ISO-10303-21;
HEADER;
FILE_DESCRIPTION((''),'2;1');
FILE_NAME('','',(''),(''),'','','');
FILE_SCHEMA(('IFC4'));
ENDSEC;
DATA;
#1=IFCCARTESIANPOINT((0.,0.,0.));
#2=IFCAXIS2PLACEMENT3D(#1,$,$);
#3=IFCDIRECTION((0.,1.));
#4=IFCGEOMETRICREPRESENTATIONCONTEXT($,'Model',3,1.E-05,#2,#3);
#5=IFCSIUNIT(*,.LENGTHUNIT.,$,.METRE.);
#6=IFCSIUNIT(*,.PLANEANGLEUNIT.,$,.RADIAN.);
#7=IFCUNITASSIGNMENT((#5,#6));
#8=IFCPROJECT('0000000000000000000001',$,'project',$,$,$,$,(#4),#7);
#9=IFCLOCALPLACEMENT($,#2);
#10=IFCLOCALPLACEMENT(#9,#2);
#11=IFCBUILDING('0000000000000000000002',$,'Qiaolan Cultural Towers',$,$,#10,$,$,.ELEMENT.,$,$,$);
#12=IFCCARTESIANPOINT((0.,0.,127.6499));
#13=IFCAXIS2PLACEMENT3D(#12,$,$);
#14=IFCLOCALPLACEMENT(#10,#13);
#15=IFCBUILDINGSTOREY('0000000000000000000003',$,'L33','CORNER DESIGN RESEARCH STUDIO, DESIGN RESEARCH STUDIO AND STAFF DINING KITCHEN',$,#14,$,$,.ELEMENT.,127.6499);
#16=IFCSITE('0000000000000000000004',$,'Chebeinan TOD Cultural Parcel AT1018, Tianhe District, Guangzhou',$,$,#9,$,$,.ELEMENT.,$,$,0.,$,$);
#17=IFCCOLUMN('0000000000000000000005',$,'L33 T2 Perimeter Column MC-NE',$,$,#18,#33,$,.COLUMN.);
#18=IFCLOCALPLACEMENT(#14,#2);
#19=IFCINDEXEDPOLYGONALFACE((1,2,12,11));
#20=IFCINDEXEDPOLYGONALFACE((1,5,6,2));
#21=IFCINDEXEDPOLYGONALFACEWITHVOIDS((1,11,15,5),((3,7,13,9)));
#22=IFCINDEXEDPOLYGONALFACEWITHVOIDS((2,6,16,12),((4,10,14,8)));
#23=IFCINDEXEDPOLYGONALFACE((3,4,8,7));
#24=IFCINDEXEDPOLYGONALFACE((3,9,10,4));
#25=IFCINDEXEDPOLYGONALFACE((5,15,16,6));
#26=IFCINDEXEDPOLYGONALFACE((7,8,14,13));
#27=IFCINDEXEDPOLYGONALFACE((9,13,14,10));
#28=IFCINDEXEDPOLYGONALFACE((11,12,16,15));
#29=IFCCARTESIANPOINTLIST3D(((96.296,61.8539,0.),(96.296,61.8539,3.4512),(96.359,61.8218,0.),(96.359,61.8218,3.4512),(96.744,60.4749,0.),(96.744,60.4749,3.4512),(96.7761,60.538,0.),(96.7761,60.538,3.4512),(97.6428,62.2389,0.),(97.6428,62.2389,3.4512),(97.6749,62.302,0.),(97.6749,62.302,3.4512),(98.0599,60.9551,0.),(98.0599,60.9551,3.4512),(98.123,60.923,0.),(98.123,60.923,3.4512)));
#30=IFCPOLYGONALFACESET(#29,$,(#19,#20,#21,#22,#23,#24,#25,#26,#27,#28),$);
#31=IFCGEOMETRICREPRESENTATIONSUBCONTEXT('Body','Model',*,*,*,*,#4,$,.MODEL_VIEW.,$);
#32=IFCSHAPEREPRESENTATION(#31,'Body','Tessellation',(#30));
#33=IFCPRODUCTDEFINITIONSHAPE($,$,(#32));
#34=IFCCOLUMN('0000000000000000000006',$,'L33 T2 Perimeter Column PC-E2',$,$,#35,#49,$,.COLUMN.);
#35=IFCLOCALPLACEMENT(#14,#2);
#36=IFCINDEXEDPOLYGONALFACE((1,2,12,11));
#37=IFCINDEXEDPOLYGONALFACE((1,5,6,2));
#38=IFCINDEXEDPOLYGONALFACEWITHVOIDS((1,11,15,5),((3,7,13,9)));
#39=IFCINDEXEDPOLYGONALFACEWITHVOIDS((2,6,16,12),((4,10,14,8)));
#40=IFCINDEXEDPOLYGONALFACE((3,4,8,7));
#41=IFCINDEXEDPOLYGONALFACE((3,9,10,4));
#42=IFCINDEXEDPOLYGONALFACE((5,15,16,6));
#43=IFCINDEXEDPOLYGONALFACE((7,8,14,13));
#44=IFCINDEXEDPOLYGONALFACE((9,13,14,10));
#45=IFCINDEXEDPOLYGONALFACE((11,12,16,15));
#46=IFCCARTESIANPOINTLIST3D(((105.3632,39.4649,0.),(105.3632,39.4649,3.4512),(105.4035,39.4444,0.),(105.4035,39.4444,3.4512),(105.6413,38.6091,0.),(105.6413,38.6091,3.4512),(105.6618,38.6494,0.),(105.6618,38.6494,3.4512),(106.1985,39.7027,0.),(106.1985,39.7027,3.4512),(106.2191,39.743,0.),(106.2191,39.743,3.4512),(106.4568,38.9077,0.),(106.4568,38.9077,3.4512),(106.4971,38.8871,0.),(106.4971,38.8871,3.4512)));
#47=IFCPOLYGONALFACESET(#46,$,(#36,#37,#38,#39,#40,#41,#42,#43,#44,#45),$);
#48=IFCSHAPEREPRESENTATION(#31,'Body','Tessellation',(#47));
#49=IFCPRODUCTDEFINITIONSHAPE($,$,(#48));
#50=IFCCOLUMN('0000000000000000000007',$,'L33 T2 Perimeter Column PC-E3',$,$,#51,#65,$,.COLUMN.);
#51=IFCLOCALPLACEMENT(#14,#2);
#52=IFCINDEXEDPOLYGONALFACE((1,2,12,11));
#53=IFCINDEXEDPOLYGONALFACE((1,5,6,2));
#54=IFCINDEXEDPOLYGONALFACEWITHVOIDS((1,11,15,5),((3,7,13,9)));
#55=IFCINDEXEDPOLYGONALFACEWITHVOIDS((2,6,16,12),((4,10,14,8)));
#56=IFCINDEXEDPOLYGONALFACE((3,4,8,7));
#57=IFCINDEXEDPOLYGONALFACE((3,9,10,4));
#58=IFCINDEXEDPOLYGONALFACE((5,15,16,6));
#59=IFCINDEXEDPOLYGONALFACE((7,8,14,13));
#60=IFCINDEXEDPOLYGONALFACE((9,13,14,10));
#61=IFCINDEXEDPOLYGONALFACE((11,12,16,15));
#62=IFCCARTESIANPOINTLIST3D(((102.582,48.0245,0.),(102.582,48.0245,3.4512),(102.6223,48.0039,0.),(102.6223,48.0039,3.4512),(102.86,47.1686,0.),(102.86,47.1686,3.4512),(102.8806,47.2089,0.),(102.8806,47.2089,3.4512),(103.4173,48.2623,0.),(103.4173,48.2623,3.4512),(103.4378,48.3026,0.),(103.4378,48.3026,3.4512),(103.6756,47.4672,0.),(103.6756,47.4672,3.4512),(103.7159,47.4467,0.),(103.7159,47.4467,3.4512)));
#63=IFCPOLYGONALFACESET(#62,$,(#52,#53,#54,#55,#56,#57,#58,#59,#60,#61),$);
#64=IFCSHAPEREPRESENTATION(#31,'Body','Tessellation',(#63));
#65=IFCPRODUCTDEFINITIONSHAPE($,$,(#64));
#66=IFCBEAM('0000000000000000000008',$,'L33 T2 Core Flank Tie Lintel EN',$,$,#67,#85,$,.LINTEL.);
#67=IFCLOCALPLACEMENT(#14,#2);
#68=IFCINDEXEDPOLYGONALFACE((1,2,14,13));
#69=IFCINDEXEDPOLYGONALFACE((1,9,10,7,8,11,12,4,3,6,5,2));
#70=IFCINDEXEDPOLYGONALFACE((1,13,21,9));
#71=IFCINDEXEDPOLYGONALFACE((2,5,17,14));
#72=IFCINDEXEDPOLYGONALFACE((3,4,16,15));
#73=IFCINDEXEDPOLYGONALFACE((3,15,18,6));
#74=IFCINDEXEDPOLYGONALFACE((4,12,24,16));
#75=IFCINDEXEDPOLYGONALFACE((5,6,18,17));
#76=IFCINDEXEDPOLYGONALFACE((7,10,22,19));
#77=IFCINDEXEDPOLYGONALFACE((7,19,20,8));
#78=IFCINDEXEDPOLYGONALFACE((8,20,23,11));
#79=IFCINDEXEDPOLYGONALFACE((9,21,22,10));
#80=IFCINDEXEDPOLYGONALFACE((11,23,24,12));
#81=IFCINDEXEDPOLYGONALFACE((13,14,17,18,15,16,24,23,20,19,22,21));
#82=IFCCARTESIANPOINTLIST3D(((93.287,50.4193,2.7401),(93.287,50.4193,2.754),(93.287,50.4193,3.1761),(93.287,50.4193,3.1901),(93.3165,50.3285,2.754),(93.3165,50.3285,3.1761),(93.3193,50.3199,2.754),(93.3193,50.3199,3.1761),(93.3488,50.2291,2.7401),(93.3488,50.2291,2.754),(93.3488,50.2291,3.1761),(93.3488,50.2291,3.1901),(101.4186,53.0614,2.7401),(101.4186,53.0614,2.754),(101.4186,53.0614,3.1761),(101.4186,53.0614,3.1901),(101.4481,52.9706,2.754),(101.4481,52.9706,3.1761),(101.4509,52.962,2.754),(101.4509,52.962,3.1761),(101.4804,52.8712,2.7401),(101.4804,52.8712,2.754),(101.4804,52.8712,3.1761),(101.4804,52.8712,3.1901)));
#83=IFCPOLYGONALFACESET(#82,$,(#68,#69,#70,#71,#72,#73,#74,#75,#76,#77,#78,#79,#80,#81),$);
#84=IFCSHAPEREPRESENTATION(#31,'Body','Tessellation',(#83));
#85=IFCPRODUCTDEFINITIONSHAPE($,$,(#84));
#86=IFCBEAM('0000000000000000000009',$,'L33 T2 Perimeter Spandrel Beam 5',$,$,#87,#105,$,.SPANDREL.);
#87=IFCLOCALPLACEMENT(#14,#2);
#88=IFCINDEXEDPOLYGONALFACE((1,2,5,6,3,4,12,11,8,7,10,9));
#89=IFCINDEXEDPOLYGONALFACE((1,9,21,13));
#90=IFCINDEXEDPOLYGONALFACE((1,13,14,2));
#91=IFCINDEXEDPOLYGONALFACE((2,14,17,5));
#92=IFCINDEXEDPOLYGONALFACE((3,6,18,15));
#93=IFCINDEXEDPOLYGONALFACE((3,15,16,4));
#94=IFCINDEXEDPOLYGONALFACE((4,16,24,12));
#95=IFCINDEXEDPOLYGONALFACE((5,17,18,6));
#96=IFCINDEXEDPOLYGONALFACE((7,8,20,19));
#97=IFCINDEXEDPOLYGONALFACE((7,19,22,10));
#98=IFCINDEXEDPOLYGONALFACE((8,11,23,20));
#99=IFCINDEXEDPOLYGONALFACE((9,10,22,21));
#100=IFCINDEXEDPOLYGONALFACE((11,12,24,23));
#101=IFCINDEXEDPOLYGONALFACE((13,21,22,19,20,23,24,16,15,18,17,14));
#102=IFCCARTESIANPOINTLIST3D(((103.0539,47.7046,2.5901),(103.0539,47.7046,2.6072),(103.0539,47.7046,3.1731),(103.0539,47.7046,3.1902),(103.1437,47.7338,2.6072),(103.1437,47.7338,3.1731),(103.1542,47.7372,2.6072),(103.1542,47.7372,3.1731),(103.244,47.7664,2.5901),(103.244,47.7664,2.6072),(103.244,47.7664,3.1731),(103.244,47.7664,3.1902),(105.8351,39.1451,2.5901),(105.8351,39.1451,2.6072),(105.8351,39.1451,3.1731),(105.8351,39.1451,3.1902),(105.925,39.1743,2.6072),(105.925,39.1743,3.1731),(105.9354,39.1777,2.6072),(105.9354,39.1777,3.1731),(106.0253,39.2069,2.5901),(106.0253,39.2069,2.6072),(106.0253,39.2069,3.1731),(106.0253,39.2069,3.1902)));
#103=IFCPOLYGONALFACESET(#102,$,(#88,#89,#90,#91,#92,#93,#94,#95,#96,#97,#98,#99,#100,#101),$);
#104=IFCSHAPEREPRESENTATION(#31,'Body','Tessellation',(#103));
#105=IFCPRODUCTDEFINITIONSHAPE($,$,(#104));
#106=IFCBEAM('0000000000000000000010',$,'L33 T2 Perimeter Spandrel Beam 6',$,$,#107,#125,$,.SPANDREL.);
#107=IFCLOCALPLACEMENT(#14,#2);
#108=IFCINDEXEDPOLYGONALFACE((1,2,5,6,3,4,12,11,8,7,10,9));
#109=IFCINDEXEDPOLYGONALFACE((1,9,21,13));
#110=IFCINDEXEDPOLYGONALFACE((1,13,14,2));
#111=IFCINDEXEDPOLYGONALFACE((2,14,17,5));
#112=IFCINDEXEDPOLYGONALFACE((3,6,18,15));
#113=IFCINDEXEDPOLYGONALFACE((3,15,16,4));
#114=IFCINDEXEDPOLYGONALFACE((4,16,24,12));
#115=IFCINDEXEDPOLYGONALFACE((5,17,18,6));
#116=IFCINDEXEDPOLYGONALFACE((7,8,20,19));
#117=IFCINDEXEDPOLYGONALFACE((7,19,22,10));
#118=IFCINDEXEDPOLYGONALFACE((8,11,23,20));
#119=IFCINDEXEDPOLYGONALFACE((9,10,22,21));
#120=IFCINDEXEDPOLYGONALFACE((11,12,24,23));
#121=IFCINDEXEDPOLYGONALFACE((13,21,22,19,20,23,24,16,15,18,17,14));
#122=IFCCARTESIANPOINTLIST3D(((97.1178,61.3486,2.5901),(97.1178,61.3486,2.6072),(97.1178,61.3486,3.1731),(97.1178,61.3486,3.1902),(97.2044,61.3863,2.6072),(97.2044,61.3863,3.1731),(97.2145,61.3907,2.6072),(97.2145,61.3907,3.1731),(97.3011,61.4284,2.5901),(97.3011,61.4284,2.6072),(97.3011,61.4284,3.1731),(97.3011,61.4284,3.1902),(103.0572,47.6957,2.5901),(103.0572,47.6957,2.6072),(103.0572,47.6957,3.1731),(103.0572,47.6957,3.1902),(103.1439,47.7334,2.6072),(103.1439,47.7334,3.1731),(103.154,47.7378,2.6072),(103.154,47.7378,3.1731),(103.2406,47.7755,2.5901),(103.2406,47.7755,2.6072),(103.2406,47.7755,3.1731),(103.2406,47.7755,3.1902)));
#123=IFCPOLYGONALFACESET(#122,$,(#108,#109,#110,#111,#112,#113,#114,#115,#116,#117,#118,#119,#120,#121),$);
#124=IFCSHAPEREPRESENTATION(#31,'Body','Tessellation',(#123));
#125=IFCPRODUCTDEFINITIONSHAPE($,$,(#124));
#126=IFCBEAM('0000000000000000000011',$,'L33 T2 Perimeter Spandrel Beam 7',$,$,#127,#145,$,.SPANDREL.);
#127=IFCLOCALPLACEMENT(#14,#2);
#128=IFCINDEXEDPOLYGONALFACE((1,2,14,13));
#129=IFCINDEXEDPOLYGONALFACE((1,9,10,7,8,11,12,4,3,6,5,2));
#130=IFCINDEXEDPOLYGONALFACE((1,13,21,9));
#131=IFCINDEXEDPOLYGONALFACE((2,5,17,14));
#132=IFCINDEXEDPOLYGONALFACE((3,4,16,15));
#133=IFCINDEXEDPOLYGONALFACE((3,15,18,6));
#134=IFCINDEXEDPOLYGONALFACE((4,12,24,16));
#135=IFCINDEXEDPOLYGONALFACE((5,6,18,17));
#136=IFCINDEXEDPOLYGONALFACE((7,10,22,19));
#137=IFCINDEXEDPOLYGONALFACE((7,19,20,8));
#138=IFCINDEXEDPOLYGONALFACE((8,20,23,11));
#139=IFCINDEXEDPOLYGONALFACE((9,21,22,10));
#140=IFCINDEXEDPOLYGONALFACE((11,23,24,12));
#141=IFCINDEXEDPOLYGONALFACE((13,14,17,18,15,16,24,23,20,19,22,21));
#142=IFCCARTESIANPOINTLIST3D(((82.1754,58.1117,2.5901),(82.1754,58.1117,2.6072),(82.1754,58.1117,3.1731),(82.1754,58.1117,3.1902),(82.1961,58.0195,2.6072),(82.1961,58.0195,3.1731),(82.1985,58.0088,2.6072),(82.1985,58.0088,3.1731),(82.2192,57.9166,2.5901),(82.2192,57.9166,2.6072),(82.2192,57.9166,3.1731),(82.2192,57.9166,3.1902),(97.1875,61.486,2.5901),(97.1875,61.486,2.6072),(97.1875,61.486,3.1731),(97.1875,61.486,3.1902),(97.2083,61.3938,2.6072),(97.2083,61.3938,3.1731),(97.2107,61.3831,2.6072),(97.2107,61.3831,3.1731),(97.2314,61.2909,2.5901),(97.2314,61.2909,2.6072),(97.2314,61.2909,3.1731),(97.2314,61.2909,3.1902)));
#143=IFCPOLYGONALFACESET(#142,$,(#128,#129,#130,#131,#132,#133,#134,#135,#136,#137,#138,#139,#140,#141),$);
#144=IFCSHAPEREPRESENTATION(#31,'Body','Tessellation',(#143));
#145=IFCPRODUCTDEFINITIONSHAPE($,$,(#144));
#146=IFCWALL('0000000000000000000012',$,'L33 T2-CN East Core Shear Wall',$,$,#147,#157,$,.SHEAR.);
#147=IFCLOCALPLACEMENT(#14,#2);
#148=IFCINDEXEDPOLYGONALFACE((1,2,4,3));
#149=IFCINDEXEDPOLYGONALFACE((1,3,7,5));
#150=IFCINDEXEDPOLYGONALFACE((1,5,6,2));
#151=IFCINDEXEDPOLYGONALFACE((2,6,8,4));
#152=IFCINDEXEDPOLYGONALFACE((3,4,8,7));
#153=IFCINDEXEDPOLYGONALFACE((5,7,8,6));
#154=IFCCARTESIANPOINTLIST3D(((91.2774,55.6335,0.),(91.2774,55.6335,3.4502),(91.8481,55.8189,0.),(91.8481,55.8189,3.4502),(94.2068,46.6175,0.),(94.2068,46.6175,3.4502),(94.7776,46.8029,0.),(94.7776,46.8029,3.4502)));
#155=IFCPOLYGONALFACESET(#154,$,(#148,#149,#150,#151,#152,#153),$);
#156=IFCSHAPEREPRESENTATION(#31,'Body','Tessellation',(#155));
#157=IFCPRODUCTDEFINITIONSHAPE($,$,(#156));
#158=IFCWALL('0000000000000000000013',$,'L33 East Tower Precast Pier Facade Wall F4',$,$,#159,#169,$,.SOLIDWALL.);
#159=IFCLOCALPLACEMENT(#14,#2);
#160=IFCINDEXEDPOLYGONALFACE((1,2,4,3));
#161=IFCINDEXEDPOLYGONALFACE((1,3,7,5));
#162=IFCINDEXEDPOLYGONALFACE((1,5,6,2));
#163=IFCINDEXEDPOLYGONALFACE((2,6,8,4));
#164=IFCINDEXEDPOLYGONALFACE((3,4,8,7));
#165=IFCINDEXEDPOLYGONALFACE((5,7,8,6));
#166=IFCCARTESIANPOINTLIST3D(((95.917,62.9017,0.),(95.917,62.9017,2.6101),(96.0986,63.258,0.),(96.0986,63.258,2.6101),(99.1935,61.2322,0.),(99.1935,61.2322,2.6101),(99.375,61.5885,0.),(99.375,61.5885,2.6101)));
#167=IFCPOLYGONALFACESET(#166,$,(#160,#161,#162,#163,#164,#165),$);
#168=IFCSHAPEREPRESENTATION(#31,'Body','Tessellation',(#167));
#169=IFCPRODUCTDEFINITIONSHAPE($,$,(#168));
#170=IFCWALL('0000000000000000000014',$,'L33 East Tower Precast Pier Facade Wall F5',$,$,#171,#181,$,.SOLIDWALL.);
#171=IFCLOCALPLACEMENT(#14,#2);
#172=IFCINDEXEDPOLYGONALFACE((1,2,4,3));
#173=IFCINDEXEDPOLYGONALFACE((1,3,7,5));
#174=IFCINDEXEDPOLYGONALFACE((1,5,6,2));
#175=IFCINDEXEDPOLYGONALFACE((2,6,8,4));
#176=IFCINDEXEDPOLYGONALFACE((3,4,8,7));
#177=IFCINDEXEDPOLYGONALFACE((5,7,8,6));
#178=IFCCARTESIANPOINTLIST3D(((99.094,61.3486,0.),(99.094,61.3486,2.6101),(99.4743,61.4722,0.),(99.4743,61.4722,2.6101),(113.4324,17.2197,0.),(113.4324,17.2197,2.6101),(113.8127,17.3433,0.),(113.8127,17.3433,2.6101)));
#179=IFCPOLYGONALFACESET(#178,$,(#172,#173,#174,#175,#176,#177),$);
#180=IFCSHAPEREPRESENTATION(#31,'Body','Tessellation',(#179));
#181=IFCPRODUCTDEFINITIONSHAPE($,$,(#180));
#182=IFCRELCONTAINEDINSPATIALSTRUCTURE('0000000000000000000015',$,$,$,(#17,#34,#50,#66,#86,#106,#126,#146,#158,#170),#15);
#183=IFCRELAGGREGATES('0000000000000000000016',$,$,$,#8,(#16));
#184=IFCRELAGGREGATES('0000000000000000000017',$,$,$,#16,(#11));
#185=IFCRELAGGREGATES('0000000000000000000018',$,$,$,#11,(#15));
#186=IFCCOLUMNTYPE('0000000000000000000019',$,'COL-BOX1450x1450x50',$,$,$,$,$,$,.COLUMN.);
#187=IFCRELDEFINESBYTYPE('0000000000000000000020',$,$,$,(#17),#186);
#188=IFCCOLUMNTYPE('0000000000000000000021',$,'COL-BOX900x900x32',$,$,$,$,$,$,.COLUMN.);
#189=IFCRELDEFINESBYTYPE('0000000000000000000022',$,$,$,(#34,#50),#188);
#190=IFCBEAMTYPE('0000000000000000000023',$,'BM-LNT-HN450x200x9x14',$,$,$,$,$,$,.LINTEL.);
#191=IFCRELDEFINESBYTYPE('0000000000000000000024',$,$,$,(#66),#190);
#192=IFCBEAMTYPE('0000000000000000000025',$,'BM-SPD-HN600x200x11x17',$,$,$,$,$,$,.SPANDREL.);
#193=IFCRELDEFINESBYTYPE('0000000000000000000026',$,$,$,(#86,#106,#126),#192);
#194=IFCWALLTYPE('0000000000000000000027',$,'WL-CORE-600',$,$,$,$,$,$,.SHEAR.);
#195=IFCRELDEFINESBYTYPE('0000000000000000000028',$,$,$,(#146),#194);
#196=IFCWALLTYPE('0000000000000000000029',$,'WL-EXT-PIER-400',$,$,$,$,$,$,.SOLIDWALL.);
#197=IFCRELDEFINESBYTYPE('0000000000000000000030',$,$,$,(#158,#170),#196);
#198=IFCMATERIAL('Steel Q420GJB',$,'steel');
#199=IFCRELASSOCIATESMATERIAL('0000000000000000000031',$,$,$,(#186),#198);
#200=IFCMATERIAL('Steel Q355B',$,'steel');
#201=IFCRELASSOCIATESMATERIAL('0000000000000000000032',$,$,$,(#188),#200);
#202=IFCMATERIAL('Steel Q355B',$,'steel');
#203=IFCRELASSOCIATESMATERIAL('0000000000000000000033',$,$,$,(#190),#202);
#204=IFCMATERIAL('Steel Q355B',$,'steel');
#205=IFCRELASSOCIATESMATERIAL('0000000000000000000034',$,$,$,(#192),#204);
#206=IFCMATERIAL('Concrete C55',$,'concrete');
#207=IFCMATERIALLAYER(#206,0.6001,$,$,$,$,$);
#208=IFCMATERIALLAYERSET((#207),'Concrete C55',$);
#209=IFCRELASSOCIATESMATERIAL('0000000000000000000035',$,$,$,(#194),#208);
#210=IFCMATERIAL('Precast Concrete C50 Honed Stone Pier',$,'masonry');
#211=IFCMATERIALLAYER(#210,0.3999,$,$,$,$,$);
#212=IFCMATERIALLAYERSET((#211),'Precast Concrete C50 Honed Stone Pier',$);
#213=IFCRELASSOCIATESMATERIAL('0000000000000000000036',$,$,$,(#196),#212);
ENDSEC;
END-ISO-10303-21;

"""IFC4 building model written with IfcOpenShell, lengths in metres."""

from ifc_helpers import new_model, si_unit, direction, frame, frame_2d, origin, origin_2d, place, context, subcontext, project, spatial, rectangle, hollow_rectangle, i_section, extrude, material, layer, layer_set, material_profile, profile_set, type_object, element, save


model = new_model("IFC4")

# Units and contexts
model_context = context("Model", 3, precision=1e-05, world=origin(), true_north=direction((0.0, 1.0)))
body_context = subcontext(model_context, "Body", "Model", "MODEL_VIEW")
ifc_project = project(units=[si_unit("LENGTHUNIT", "METRE"), si_unit("PLANEANGLEUNIT", "RADIAN")], contexts=[model_context])

# Site, building, storey
site_placement = place(None, origin())
site = spatial("IfcSite", under=ifc_project, at=site_placement, Name="Chebeinan TOD Cultural Parcel AT1018, Tianhe District, Guangzhou", CompositionType="ELEMENT", RefElevation=0.0)
building_placement = place(site_placement, origin())
building = spatial("IfcBuilding", under=site, at=building_placement, Name="Qiaolan Cultural Towers", CompositionType="ELEMENT")
storey_placement = place(building_placement, frame((0.0, 0.0, 127.6499)))
storey = spatial("IfcBuildingStorey", under=building, at=storey_placement, Name="L33", Description="CORNER DESIGN RESEARCH STUDIO, DESIGN RESEARCH STUDIO AND STAFF DINING KITCHEN", CompositionType="ELEMENT", Elevation=127.6499)

# Columns
ifc_material_1 = material(Name="Steel Q420GJB", Category="steel")
ifc_material_profile_1 = material_profile(ifc_material_1, hollow_rectangle(XDim=1.45, YDim=1.45, WallThickness=0.05, at=origin_2d()), Name="BOX1450x1450x50")
ifc_profile_set_1 = profile_set([ifc_material_profile_1], Name="Steel Q420GJB")
column_type_1 = type_object("IfcColumnType", Name="COL-BOX1450x1450x50", PredefinedType="COLUMN", material=ifc_profile_set_1)
column_placement = place(storey_placement, frame((97.2095, 61.3884, 0.0), z_axis=(0.0, 0.0, 1.0), x_axis=(0.951057, 0.309017, 0.0)))
element("IfcColumn", 1, at=column_placement, inside=storey, type_object=column_type_1, Name="L33 T2 Perimeter Column MC-NE", PredefinedType="COLUMN", context=body_context, shape_type="SweptSolid", body=[
    extrude(hollow_rectangle(XDim=1.45, YDim=1.45, WallThickness=0.05, at=origin_2d()), origin(), (0.0, 0.0, 1.0), 3.4512),
])
ifc_material_2 = material(Name="Steel Q355B", Category="steel")
ifc_material_profile_2 = material_profile(ifc_material_2, hollow_rectangle(XDim=0.8999, YDim=0.8999, WallThickness=0.032, at=origin_2d()), Name="BOX900x900x32")
ifc_profile_set_2 = profile_set([ifc_material_profile_2], Name="Steel Q355B")
column_type_2 = type_object("IfcColumnType", Name="COL-BOX900x900x32", PredefinedType="COLUMN", material=ifc_profile_set_2)
for number, where, z_axis, x_axis, name in (
    (2, (105.9302, 39.176, 0.0), (0.0, 0.0, 1.0), (0.951057, 0.309017, 0.0), "L33 T2 Perimeter Column PC-E2"),
    (3, (103.1489, 47.7356, 0.0), (0.0, 0.0, 1.0), (0.951057, 0.309017, 0.0), "L33 T2 Perimeter Column PC-E3"),
):
    element("IfcColumn", number, at=place(storey_placement, frame(where, z_axis=z_axis, x_axis=x_axis)), inside=storey, type_object=column_type_2, Name=name, PredefinedType="COLUMN", context=body_context, shape_type="SweptSolid", body=[
        extrude(hollow_rectangle(XDim=0.8999, YDim=0.8999, WallThickness=0.032, at=origin_2d()), origin(), (0.0, 0.0, 1.0), 3.4512),
    ])

# Beams
ifc_material_3 = material(Name="Steel Q355B", Category="steel")
ifc_material_profile_3 = material_profile(ifc_material_3, i_section(OverallWidth=0.2, OverallDepth=0.45, WebThickness=0.009, FlangeThickness=0.0139, at=origin_2d()), Name="HN450x200x9x14")
ifc_profile_set_3 = profile_set([ifc_material_profile_3], Name="Steel Q355B")
beam_type_1 = type_object("IfcBeamType", Name="BM-LNT-HN450x200x9x14", PredefinedType="LINTEL", material=ifc_profile_set_3)
beam_1_placement = place(storey_placement, frame((93.3179, 50.3242, 2.9651), z_axis=(0.951057, 0.309014, 0.0), x_axis=(-0.309014, 0.951057, 0.0)))
element("IfcBeam", 4, at=beam_1_placement, inside=storey, type_object=beam_type_1, Name="L33 T2 Core Flank Tie Lintel EN", PredefinedType="LINTEL", context=body_context, shape_type="SweptSolid", body=[
    extrude(i_section(OverallWidth=0.2, OverallDepth=0.45, WebThickness=0.009, FlangeThickness=0.0139, at=origin_2d()), origin(), (0.0, 0.0, 1.0), 8.55),
])
ifc_material_4 = material(Name="Steel Q355B", Category="steel")
ifc_material_profile_4 = material_profile(ifc_material_4, i_section(OverallWidth=0.2, OverallDepth=0.6001, WebThickness=0.011, FlangeThickness=0.0171, at=origin_2d()), Name="HN600x200x11x17")
ifc_profile_set_4 = profile_set([ifc_material_profile_4], Name="Steel Q355B")
beam_type_2 = type_object("IfcBeamType", Name="BM-SPD-HN600x200x11x17", PredefinedType="SPANDREL", material=ifc_profile_set_4)
beam_2_placement = place(storey_placement, frame((105.9302, 39.176, 2.8901), z_axis=(-0.309025, 0.951054, 0.0), x_axis=(-0.951054, -0.309025, 0.0)))
element("IfcBeam", 5, at=beam_2_placement, inside=storey, type_object=beam_type_2, Name="L33 T2 Perimeter Spandrel Beam 5", PredefinedType="SPANDREL", context=body_context, shape_type="SweptSolid", body=[
    extrude(i_section(OverallWidth=0.2, OverallDepth=0.6001, WebThickness=0.011, FlangeThickness=0.0171, at=origin_2d()), origin(), (0.0, 0.0, 1.0), 9.0),
])
beam_3_placement = place(storey_placement, frame((103.1489, 47.7356, 2.8901), z_axis=(-0.39892, 0.916986, 0.0), x_axis=(-0.916986, -0.39892, 0.0)))
element("IfcBeam", 6, at=beam_3_placement, inside=storey, type_object=beam_type_2, Name="L33 T2 Perimeter Spandrel Beam 6", PredefinedType="SPANDREL", context=body_context, shape_type="SweptSolid", body=[
    extrude(i_section(OverallWidth=0.2, OverallDepth=0.6001, WebThickness=0.011, FlangeThickness=0.0171, at=origin_2d()), origin(), (0.0, 0.0, 1.0), 14.8889),
])
beam_4_placement = place(storey_placement, frame((97.2095, 61.3884, 2.8901), z_axis=(-0.975658, -0.219297, 0.0), x_axis=(0.219297, -0.975658, 0.0)))
element("IfcBeam", 7, at=beam_4_placement, inside=storey, type_object=beam_type_2, Name="L33 T2 Perimeter Spandrel Beam 7", PredefinedType="SPANDREL", context=body_context, shape_type="SweptSolid", body=[
    extrude(i_section(OverallWidth=0.2, OverallDepth=0.6001, WebThickness=0.011, FlangeThickness=0.0171, at=origin_2d()), origin(), (0.0, 0.0, 1.0), 15.3867),
])

# Walls
ifc_material_5 = material(Name="Concrete C55", Category="concrete")
ifc_layer_1 = layer(ifc_material_5, 0.6001)
ifc_layer_set_1 = layer_set([ifc_layer_1], Name="Concrete C55")
wall_type_1 = type_object("IfcWallType", Name="WL-CORE-600", PredefinedType="SHEAR", material=ifc_layer_set_1)
wall_1_placement = place(storey_placement, frame((94.4922, 46.7102, 0.0), z_axis=(0.0, 0.0, 1.0), x_axis=(-0.30901, 0.951059, 0.0)))
element("IfcWall", 8, at=wall_1_placement, inside=storey, type_object=wall_type_1, Name="L33 T2-CN East Core Shear Wall", PredefinedType="SHEAR", context=body_context, shape_type="SweptSolid", body=[
    extrude(rectangle(XDim=9.48, YDim=0.6001, at=frame_2d((4.74, 0.0))), origin(), (0.0, 0.0, 1.0), 3.4502),
])
ifc_material_6 = material(Name="Precast Concrete C50 Honed Stone Pier", Category="masonry")
ifc_layer_2 = layer(ifc_material_6, 0.3999)
ifc_layer_set_2 = layer_set([ifc_layer_2], Name="Precast Concrete C50 Honed Stone Pier")
wall_type_2 = type_object("IfcWallType", Name="WL-EXT-PIER-400", PredefinedType="SOLIDWALL", material=ifc_layer_set_2)
wall_2_placement = place(storey_placement, frame((96.0078, 63.0798, 0.0), z_axis=(0.0, 0.0, 1.0), x_axis=(0.891002, -0.453999, 0.0)))
element("IfcWall", 9, at=wall_2_placement, inside=storey, type_object=wall_type_2, Name="L33 East Tower Precast Pier Facade Wall F4", PredefinedType="SOLIDWALL", context=body_context, shape_type="SweptSolid", body=[
    extrude(rectangle(XDim=3.6772, YDim=0.3999, at=frame_2d((1.8386, 0.0))), origin(), (0.0, 0.0, 1.0), 2.6101),
])
wall_3_placement = place(storey_placement, frame((99.2842, 61.4104, 0.0), z_axis=(0.0, 0.0, 1.0), x_axis=(0.309018, -0.951056, 0.0)))
element("IfcWall", 10, at=wall_3_placement, inside=storey, type_object=wall_type_2, Name="L33 East Tower Precast Pier Facade Wall F5", PredefinedType="SOLIDWALL", context=body_context, shape_type="SweptSolid", body=[
    extrude(rectangle(XDim=46.3999, YDim=0.3999, at=frame_2d((23.2, 0.0))), origin(), (0.0, 0.0, 1.0), 2.6101),
])

save(model, "model.ifc")
